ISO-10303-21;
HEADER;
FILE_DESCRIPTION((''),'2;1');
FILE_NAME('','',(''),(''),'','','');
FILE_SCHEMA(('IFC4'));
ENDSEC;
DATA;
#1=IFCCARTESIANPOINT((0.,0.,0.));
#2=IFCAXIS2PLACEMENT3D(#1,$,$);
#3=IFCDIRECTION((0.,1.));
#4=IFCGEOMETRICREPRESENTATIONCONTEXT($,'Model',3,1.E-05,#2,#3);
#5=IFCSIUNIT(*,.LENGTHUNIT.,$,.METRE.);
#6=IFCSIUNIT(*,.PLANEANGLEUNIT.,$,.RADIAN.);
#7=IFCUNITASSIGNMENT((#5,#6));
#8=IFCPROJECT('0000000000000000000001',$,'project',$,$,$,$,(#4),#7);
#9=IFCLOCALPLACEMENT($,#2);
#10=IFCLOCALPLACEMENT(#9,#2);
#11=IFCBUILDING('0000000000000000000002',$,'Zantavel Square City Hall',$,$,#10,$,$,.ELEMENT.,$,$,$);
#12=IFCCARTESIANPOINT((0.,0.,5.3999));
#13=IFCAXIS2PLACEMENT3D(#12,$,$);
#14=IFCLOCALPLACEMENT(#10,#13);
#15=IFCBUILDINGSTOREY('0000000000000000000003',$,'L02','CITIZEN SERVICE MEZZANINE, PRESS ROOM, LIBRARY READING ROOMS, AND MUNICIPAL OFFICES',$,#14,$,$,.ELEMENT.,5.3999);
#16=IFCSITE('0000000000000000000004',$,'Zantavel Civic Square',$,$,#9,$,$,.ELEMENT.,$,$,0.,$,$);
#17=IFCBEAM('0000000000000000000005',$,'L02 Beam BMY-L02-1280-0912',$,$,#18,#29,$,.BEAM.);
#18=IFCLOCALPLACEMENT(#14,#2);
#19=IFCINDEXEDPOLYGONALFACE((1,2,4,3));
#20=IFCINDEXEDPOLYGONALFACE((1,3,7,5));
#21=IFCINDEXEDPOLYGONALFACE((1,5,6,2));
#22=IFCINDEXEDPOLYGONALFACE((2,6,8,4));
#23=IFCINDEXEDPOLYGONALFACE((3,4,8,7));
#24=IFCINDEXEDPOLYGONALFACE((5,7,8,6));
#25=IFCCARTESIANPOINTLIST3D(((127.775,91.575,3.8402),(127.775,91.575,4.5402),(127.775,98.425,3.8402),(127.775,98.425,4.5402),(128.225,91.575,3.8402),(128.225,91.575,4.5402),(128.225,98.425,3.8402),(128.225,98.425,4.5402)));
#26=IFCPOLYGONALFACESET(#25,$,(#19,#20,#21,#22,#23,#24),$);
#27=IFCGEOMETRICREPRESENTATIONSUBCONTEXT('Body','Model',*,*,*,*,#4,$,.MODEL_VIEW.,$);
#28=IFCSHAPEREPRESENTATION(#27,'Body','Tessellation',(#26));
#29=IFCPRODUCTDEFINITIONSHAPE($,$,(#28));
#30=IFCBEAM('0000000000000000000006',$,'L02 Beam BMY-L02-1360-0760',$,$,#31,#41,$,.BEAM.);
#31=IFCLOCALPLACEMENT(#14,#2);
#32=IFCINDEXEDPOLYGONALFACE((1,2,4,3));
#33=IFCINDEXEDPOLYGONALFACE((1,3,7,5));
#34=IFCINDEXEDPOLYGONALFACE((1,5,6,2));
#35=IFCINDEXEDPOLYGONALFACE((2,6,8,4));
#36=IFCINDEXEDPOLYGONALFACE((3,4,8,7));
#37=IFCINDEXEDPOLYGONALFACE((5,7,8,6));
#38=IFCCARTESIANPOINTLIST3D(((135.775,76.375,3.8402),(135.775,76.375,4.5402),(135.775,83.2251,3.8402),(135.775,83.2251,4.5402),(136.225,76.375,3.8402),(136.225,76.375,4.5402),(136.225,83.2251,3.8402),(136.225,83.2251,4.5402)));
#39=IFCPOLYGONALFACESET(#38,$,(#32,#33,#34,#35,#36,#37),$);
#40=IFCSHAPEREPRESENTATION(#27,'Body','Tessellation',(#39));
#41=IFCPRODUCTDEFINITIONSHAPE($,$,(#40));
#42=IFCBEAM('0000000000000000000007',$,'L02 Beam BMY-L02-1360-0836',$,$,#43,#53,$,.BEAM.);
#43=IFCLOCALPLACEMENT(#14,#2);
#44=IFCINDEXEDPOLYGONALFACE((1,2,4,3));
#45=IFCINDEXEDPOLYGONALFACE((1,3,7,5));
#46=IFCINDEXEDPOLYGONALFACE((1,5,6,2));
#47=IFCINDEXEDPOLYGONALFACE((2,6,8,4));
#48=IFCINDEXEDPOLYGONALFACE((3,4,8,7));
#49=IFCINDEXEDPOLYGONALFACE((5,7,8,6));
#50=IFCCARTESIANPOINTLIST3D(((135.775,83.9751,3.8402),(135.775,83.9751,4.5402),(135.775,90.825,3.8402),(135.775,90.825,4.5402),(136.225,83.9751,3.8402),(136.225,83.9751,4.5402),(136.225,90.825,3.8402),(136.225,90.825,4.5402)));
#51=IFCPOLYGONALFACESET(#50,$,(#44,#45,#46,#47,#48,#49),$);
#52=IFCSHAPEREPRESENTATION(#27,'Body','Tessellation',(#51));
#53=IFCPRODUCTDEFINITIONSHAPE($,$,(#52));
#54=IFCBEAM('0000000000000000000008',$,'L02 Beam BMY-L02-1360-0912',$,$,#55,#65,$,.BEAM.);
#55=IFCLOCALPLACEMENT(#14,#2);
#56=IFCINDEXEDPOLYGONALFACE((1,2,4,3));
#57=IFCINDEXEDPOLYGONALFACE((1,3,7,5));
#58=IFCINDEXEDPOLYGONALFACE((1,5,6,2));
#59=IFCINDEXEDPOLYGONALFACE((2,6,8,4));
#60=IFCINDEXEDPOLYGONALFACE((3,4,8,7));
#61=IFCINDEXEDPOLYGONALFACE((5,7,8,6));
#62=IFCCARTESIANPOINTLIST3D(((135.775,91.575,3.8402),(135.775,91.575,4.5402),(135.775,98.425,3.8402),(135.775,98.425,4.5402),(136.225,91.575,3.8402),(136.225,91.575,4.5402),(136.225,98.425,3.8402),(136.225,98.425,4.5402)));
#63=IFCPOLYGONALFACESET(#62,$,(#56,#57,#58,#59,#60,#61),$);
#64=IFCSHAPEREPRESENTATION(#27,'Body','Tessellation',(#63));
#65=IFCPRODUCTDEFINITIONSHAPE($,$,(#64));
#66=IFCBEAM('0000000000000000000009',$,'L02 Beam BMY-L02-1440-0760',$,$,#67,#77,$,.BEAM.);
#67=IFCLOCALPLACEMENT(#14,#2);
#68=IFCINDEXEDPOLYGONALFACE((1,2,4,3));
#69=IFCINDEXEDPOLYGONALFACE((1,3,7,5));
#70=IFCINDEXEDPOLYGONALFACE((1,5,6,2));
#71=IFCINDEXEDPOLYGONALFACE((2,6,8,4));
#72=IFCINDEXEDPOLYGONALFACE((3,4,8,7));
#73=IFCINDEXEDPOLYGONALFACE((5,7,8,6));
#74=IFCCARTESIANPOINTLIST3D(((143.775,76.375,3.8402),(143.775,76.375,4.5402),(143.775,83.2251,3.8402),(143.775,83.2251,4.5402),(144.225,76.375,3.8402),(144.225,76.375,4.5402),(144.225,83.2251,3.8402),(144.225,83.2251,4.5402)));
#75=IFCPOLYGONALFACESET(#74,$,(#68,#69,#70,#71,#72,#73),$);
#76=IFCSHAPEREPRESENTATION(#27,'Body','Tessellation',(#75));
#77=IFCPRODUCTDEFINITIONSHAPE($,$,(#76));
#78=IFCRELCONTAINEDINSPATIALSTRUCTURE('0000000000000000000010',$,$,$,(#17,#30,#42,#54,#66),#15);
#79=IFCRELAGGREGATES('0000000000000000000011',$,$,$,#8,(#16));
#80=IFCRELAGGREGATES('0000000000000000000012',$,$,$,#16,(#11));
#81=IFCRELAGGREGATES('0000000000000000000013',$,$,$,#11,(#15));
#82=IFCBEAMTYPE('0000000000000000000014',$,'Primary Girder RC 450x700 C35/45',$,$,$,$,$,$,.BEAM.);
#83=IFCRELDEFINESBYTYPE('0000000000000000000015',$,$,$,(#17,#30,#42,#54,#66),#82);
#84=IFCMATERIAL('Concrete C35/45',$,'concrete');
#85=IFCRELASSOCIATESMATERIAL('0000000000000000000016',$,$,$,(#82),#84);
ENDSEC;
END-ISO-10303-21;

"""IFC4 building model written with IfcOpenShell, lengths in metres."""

from ifc_helpers import new_model, si_unit, direction, frame, origin, origin_2d, place, context, subcontext, project, spatial, rectangle, extrude, material, material_profile, profile_set, type_object, element, save


model = new_model("IFC4")

# Units and contexts
model_context = context("Model", 3, precision=1e-05, world=origin(), true_north=direction((0.0, 1.0)))
body_context = subcontext(model_context, "Body", "Model", "MODEL_VIEW")
ifc_project = project(units=[si_unit("LENGTHUNIT", "METRE"), si_unit("PLANEANGLEUNIT", "RADIAN")], contexts=[model_context])

# Site, building, storey
site_placement = place(None, origin())
site = spatial("IfcSite", under=ifc_project, at=site_placement, Name="Zantavel Civic Square", CompositionType="ELEMENT", RefElevation=0.0)
building_placement = place(site_placement, origin())
building = spatial("IfcBuilding", under=site, at=building_placement, Name="Zantavel Square City Hall", CompositionType="ELEMENT")
storey_placement = place(building_placement, frame((0.0, 0.0, 5.3999)))
storey = spatial("IfcBuildingStorey", under=building, at=storey_placement, Name="L02", Description="CITIZEN SERVICE MEZZANINE, PRESS ROOM, LIBRARY READING ROOMS, AND MUNICIPAL OFFICES", CompositionType="ELEMENT", Elevation=5.3999)

# Beams
ifc_material_1 = material(Name="Concrete C35/45", Category="concrete")
ifc_material_profile_1 = material_profile(ifc_material_1, rectangle(XDim=0.45, YDim=0.7, at=origin_2d()), Name="RC 450x700")
ifc_profile_set_1 = profile_set([ifc_material_profile_1], Name="Concrete C35/45")
beam_type_1 = type_object("IfcBeamType", Name="Primary Girder RC 450x700 C35/45", PredefinedType="BEAM", material=ifc_profile_set_1)
for number, where, z_axis, x_axis, name in (
    (1, (128.0, 91.575, 4.1902), (0.0, 1.0, 0.0), (-1.0, 0.0, 0.0), "L02 Beam BMY-L02-1280-0912"),
    (2, (136.0, 76.375, 4.1902), (0.0, 1.0, 0.0), (-1.0, 0.0, 0.0), "L02 Beam BMY-L02-1360-0760"),
):
    element("IfcBeam", number, at=place(storey_placement, frame(where, z_axis=z_axis, x_axis=x_axis)), inside=storey, type_object=beam_type_1, Name=name, PredefinedType="BEAM", context=body_context, shape_type="SweptSolid", body=[
        extrude(rectangle(XDim=0.45, YDim=0.7, at=origin_2d()), origin(), (0.0, 0.0, 1.0), 6.8501),
    ])
beam_1_placement = place(storey_placement, frame((136.0, 83.9751, 4.1902), z_axis=(0.0, 1.0, 0.0), x_axis=(-1.0, 0.0, 0.0)))
element("IfcBeam", 3, at=beam_1_placement, inside=storey, type_object=beam_type_1, Name="L02 Beam BMY-L02-1360-0836", PredefinedType="BEAM", context=body_context, shape_type="SweptSolid", body=[
    extrude(rectangle(XDim=0.45, YDim=0.7, at=origin_2d()), origin(), (0.0, 0.0, 1.0), 6.8499),
])
for number, where, z_axis, x_axis, name in (
    (4, (136.0, 91.575, 4.1902), (0.0, 1.0, 0.0), (-1.0, 0.0, 0.0), "L02 Beam BMY-L02-1360-0912"),
    (5, (144.0, 76.375, 4.1902), (0.0, 1.0, 0.0), (-1.0, 0.0, 0.0), "L02 Beam BMY-L02-1440-0760"),
):
    element("IfcBeam", number, at=place(storey_placement, frame(where, z_axis=z_axis, x_axis=x_axis)), inside=storey, type_object=beam_type_1, Name=name, PredefinedType="BEAM", context=body_context, shape_type="SweptSolid", body=[
        extrude(rectangle(XDim=0.45, YDim=0.7, at=origin_2d()), origin(), (0.0, 0.0, 1.0), 6.8501),
    ])

save(model, "model.ifc")
